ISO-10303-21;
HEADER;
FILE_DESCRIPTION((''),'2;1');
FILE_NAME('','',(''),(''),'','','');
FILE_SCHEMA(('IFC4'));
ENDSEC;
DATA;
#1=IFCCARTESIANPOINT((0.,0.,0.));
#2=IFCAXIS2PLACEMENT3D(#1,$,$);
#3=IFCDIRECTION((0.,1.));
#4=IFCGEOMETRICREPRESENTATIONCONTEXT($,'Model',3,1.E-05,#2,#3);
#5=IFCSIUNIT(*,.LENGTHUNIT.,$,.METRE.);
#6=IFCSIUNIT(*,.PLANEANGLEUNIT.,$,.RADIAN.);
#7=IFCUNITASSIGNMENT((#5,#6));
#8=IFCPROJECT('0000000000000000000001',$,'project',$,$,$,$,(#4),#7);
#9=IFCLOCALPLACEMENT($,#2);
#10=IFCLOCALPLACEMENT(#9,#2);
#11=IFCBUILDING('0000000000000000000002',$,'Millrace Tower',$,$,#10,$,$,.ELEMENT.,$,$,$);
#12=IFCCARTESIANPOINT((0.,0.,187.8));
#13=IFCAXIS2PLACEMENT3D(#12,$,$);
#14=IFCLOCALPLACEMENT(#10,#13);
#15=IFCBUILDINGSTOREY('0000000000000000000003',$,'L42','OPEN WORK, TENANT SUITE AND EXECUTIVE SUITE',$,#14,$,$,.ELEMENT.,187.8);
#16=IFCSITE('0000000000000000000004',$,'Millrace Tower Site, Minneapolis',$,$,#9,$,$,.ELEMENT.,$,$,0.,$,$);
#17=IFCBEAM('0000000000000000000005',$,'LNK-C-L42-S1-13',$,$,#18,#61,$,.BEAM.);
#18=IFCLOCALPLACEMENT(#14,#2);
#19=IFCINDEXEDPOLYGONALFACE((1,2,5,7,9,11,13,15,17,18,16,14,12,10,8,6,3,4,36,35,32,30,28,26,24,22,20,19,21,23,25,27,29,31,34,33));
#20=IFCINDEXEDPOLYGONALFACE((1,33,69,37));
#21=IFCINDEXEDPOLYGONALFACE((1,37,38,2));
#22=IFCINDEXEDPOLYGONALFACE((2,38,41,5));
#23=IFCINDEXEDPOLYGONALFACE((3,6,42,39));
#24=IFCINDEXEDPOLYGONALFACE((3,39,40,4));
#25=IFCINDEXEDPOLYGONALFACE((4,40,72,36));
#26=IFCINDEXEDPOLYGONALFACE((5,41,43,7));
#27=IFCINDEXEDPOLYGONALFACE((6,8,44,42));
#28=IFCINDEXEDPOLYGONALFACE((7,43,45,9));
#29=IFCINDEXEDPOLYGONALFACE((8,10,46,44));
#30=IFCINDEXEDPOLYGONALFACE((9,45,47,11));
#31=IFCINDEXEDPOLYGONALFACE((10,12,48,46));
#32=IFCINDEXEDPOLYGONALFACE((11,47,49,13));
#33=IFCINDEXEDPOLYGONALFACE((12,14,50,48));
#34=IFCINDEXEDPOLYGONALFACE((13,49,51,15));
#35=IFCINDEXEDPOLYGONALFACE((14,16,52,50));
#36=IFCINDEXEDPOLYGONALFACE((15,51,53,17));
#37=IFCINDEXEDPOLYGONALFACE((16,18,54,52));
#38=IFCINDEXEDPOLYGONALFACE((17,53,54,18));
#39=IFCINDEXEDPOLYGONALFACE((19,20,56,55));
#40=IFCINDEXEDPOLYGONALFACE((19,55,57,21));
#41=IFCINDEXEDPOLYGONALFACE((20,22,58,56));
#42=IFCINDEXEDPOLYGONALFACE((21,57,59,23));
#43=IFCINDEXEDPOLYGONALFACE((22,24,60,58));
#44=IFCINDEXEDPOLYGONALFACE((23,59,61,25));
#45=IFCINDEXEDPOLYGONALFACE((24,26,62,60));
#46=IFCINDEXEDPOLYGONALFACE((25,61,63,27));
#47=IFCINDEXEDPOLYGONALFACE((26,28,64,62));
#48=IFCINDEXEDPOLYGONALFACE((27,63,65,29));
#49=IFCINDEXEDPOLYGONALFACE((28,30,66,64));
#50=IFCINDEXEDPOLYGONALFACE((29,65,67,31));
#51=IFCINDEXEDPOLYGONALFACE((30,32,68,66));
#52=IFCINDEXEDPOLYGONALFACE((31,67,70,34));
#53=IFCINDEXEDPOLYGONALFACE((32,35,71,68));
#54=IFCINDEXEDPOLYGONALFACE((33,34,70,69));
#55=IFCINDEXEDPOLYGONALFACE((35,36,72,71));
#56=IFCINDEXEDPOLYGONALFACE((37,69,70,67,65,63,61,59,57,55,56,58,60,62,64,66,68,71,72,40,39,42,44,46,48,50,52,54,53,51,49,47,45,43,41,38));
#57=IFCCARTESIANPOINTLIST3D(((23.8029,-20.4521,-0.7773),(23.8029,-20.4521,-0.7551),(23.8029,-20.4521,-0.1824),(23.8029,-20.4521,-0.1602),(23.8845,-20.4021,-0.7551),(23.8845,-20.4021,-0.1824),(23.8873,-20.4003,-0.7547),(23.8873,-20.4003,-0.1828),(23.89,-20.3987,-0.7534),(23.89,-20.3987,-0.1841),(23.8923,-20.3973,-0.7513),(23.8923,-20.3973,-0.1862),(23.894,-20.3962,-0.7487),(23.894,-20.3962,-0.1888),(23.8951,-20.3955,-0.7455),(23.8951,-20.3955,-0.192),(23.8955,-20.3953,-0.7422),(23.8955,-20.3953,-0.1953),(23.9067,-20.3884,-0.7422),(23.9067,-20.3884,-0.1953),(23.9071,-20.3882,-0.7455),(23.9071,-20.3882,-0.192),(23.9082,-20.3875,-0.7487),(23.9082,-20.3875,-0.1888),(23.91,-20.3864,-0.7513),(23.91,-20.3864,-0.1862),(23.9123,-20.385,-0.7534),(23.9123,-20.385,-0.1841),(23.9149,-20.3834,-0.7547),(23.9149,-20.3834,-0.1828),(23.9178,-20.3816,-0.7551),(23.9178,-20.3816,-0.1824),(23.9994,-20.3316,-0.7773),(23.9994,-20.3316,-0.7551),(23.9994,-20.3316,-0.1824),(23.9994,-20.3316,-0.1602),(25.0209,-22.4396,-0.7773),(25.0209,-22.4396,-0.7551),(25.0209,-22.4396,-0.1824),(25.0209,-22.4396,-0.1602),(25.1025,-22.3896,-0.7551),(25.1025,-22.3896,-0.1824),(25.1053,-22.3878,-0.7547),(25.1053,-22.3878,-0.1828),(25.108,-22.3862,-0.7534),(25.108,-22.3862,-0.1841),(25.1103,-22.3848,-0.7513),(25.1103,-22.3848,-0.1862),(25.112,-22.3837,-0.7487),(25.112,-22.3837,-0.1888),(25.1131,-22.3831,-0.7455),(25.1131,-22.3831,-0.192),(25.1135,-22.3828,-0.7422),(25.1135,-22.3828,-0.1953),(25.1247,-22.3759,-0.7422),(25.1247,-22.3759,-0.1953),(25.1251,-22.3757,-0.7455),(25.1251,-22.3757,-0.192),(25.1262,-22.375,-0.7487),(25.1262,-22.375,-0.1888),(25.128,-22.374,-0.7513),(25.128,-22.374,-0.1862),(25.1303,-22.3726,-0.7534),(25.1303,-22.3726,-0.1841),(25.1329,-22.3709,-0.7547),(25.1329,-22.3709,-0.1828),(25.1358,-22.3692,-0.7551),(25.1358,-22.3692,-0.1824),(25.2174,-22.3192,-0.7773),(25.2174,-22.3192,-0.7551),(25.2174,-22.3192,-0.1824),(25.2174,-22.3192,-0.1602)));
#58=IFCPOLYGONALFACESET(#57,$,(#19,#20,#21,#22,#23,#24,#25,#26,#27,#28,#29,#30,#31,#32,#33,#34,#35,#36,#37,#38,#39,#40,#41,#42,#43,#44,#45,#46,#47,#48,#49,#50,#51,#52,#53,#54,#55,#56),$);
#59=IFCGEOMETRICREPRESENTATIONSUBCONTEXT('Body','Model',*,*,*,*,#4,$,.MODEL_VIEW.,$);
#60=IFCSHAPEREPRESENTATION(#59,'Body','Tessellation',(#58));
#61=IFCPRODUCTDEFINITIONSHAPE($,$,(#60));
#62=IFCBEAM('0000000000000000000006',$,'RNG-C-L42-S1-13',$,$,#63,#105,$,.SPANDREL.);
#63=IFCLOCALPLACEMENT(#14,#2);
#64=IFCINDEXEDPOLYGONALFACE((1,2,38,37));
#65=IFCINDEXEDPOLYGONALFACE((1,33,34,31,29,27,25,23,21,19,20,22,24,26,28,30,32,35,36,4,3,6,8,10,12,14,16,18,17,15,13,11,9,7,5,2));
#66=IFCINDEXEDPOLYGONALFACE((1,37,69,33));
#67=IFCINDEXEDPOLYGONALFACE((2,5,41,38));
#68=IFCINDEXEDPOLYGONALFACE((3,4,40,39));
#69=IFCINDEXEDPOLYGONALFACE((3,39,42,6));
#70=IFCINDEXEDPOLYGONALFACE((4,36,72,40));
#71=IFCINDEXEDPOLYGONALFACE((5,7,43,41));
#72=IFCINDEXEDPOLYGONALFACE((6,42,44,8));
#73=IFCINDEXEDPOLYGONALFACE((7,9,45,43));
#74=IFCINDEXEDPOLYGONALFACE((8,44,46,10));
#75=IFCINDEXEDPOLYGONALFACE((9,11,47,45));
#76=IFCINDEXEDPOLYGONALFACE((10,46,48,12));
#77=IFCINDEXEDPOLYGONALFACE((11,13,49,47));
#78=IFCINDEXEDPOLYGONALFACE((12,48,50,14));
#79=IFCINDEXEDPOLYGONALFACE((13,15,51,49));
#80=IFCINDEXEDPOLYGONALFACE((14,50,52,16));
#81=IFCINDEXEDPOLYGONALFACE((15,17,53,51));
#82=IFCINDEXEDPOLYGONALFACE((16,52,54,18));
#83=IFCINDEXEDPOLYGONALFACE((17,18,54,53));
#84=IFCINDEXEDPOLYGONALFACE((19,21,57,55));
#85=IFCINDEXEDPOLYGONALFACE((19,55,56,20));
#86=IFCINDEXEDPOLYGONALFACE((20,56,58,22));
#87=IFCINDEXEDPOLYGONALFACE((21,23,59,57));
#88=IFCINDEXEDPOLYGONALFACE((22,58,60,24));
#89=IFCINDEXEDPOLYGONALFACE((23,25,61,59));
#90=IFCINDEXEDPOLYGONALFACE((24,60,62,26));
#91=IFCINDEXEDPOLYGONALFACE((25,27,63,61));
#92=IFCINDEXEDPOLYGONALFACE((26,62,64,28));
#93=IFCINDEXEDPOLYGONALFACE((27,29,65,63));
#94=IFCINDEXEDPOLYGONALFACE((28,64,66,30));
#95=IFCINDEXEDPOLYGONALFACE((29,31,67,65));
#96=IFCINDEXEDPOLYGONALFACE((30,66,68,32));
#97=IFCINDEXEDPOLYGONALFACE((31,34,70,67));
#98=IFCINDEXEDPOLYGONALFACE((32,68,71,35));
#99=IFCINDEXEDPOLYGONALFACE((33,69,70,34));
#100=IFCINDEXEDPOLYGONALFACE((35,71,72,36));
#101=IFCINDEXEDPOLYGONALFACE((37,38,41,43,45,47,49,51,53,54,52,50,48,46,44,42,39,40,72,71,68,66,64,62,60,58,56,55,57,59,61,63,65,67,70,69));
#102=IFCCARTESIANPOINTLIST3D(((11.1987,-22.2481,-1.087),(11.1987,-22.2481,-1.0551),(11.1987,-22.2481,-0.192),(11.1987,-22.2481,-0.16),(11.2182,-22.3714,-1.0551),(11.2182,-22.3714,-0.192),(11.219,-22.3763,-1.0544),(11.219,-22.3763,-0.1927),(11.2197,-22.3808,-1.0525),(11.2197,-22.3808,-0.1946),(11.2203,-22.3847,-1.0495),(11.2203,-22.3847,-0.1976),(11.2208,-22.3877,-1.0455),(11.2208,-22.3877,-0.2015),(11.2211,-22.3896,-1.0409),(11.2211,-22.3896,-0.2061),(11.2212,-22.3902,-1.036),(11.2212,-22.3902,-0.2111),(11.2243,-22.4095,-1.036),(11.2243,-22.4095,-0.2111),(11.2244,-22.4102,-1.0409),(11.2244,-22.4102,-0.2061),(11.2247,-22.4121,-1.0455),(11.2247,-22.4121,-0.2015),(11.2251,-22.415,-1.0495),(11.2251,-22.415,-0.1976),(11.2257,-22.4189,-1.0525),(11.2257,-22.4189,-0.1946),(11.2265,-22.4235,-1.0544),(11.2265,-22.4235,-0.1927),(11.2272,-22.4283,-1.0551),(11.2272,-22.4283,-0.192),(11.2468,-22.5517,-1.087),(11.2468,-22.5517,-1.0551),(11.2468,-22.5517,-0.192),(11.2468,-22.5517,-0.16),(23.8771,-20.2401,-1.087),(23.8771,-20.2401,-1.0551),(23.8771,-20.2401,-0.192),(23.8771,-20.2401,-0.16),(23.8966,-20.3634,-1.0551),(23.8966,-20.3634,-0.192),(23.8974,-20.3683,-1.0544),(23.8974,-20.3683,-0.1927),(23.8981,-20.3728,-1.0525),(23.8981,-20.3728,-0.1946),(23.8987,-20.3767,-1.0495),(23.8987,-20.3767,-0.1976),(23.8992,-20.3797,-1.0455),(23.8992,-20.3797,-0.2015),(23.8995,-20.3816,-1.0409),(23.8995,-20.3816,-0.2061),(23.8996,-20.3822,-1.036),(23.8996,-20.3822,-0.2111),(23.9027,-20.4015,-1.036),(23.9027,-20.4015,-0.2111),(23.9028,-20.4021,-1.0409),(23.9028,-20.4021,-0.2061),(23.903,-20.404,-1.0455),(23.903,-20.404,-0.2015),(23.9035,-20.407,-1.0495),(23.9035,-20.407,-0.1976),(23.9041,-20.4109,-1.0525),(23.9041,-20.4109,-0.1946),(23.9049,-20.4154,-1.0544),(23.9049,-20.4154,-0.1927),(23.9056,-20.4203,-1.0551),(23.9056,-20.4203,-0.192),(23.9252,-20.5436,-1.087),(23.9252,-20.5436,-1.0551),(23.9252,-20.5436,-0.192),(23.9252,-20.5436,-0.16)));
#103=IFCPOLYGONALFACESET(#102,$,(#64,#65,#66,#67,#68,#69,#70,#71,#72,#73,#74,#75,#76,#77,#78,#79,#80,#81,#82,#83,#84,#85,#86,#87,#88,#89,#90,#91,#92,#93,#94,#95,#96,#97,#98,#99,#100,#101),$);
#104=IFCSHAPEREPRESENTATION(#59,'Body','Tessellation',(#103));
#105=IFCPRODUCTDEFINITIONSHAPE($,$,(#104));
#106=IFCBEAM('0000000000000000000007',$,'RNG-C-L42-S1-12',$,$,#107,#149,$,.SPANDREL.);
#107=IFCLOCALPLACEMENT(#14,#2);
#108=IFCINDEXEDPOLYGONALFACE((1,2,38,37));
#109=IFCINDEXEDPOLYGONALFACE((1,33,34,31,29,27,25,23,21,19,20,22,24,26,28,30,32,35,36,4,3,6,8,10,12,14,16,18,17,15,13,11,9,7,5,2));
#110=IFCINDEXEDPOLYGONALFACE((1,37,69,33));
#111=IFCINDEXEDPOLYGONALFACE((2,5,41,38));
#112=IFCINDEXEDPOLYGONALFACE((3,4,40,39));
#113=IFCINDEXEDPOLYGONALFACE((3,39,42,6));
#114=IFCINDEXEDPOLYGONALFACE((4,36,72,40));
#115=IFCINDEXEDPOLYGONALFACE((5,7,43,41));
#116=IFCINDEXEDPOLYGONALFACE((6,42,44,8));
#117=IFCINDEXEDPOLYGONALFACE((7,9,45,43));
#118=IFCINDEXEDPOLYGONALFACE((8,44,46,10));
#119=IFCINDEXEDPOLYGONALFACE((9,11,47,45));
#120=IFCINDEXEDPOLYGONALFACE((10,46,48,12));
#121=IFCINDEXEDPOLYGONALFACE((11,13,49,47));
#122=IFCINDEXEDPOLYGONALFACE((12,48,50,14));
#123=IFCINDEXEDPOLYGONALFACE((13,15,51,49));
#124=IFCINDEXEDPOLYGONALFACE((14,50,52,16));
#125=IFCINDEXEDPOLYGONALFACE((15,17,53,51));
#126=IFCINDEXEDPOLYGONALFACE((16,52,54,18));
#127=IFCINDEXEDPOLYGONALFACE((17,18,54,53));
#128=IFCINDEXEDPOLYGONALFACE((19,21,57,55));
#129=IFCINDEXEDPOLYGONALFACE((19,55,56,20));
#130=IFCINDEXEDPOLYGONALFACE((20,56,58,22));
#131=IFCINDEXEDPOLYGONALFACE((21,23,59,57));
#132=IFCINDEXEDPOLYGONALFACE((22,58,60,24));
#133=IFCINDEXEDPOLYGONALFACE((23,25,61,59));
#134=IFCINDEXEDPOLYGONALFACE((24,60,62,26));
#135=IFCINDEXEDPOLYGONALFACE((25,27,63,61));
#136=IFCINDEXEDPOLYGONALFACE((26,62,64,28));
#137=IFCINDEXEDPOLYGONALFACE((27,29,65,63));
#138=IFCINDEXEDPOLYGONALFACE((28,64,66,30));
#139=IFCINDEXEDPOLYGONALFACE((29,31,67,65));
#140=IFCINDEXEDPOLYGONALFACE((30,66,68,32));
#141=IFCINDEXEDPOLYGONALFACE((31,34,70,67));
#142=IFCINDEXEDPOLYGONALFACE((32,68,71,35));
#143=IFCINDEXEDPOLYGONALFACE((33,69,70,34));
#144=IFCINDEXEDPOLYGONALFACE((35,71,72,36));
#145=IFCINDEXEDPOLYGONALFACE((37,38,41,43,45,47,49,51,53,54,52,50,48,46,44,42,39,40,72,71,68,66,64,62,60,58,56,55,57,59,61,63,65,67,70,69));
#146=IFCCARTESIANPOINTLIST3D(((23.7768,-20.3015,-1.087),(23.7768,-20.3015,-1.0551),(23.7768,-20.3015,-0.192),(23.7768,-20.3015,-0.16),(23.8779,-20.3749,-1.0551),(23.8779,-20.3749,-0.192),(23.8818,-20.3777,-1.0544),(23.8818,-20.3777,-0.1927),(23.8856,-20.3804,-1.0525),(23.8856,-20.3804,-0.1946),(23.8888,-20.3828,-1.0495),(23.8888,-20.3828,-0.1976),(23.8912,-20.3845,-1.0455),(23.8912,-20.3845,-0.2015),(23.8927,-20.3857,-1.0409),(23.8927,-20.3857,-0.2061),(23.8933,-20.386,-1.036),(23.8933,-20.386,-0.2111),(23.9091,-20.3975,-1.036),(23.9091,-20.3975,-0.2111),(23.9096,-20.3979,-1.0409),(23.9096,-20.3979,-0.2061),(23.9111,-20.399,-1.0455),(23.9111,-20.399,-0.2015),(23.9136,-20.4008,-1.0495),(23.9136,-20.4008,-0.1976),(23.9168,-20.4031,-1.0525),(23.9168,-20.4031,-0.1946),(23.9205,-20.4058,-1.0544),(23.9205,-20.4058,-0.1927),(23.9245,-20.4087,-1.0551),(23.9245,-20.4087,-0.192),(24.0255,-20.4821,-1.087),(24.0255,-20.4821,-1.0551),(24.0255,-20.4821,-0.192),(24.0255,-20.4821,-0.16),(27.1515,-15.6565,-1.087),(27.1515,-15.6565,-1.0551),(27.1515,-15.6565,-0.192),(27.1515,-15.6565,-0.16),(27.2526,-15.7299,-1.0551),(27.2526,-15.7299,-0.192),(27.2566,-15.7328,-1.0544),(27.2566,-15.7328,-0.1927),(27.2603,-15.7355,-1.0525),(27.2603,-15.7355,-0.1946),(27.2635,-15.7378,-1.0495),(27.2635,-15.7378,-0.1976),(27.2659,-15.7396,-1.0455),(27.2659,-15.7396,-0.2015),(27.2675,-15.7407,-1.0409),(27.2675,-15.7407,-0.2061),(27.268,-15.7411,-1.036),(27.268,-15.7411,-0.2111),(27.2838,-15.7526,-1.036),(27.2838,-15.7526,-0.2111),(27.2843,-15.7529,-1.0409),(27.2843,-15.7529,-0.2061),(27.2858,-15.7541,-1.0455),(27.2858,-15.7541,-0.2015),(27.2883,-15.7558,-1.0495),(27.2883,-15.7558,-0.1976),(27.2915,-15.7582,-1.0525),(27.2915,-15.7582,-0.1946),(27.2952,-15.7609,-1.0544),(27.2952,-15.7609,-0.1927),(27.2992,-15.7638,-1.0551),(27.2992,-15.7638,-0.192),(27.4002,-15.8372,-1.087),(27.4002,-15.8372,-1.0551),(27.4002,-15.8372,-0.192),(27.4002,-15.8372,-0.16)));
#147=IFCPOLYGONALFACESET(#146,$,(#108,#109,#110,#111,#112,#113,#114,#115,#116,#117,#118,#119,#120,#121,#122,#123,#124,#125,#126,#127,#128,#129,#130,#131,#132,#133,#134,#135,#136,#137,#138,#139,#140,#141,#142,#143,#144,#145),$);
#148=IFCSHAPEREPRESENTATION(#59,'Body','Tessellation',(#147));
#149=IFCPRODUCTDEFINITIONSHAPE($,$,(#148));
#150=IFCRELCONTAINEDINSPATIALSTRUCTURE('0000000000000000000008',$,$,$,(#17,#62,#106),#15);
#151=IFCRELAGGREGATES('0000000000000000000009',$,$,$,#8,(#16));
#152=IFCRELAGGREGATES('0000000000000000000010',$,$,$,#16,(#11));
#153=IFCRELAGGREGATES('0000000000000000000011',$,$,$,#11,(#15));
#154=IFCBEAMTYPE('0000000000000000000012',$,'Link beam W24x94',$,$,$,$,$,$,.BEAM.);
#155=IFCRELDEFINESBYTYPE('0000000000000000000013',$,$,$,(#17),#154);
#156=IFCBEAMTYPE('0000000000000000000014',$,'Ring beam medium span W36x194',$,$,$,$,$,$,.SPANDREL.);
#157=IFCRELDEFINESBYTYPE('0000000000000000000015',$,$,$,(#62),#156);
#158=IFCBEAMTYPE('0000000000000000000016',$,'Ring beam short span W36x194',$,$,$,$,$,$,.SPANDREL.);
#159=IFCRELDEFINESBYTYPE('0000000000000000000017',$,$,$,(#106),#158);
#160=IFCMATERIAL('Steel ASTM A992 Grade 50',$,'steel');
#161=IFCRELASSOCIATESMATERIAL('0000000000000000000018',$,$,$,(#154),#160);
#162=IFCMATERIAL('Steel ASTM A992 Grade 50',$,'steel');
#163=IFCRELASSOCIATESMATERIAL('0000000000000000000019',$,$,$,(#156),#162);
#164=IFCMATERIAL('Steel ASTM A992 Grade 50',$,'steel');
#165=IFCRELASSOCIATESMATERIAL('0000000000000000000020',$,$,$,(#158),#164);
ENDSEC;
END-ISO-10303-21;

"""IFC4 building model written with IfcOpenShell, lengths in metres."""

from ifc_helpers import new_model, si_unit, direction, frame, origin, origin_2d, place, context, subcontext, project, spatial, i_section, extrude, material, material_profile, profile_set, type_object, element, save


model = new_model("IFC4")

# Units and contexts
model_context = context("Model", 3, precision=1e-05, world=origin(), true_north=direction((0.0, 1.0)))
body_context = subcontext(model_context, "Body", "Model", "MODEL_VIEW")
ifc_project = project(units=[si_unit("LENGTHUNIT", "METRE"), si_unit("PLANEANGLEUNIT", "RADIAN")], contexts=[model_context])

# Site, building, storey
site_placement = place(None, origin())
site = spatial("IfcSite", under=ifc_project, at=site_placement, Name="Millrace Tower Site, Minneapolis", CompositionType="ELEMENT", RefElevation=0.0)
building_placement = place(site_placement, origin())
building = spatial("IfcBuilding", under=site, at=building_placement, Name="Millrace Tower", CompositionType="ELEMENT")
storey_placement = place(building_placement, frame((0.0, 0.0, 187.8)))
storey = spatial("IfcBuildingStorey", under=building, at=storey_placement, Name="L42", Description="OPEN WORK, TENANT SUITE AND EXECUTIVE SUITE", CompositionType="ELEMENT", Elevation=187.8)

# Beams
ifc_material_1 = material(Name="Steel ASTM A992 Grade 50", Category="steel")
ifc_material_profile_1 = material_profile(ifc_material_1, i_section(OverallWidth=0.2305, OverallDepth=0.6172, WebThickness=0.0132, FlangeThickness=0.0222, FilletRadius=0.0129, at=origin_2d()))
ifc_profile_set_1 = profile_set([ifc_material_profile_1], Name="Steel ASTM A992 Grade 50")
beam_type_1 = type_object("IfcBeamType", Name="Link beam W24x94", PredefinedType="BEAM", material=ifc_profile_set_1)
beam_1_placement = place(storey_placement, frame((23.9011, -20.3918, -0.4688), z_axis=(0.522513, -0.852631, 0.0), x_axis=(0.852631, 0.522513, 0.0)))
element("IfcBeam", 1, at=beam_1_placement, inside=storey, type_object=beam_type_1, Name="LNK-C-L42-S1-13", PredefinedType="BEAM", context=body_context, shape_type="SweptSolid", body=[
    extrude(i_section(OverallWidth=0.2305, OverallDepth=0.6172, WebThickness=0.0132, FlangeThickness=0.0222, FilletRadius=0.0129, at=origin_2d()), origin(), (0.0, 0.0, 1.0), 2.3311),
])
ifc_material_2 = material(Name="Steel ASTM A992 Grade 50", Category="steel")
ifc_material_profile_2 = material_profile(ifc_material_2, i_section(OverallWidth=0.3074, OverallDepth=0.927, WebThickness=0.0195, FlangeThickness=0.032, FilletRadius=0.019, at=origin_2d()))
ifc_profile_set_2 = profile_set([ifc_material_profile_2], Name="Steel ASTM A992 Grade 50")
beam_type_2 = type_object("IfcBeamType", Name="Ring beam medium span W36x194", PredefinedType="SPANDREL", material=ifc_profile_set_2)
beam_2_placement = place(storey_placement, frame((23.9011, -20.3918, -0.6235), z_axis=(-0.987689, -0.156433, 0.0), x_axis=(0.156433, -0.987689, 0.0)))
element("IfcBeam", 2, at=beam_2_placement, inside=storey, type_object=beam_type_2, Name="RNG-C-L42-S1-13", PredefinedType="SPANDREL", context=body_context, shape_type="SweptSolid", body=[
    extrude(i_section(OverallWidth=0.3074, OverallDepth=0.927, WebThickness=0.0195, FlangeThickness=0.032, FilletRadius=0.019, at=origin_2d()), origin(), (0.0, 0.0, 1.0), 12.8364),
])
ifc_material_3 = material(Name="Steel ASTM A992 Grade 50", Category="steel")
ifc_material_profile_3 = material_profile(ifc_material_3, i_section(OverallWidth=0.3074, OverallDepth=0.927, WebThickness=0.0195, FlangeThickness=0.032, FilletRadius=0.019, at=origin_2d()))
ifc_profile_set_3 = profile_set([ifc_material_profile_3], Name="Steel ASTM A992 Grade 50")
beam_type_3 = type_object("IfcBeamType", Name="Ring beam short span W36x194", PredefinedType="SPANDREL", material=ifc_profile_set_3)
beam_3_placement = place(storey_placement, frame((27.2759, -15.7468, -0.6235), z_axis=(-0.58778, -0.809021, 0.0), x_axis=(0.809021, -0.58778, 0.0)))
element("IfcBeam", 3, at=beam_3_placement, inside=storey, type_object=beam_type_3, Name="RNG-C-L42-S1-12", PredefinedType="SPANDREL", context=body_context, shape_type="SweptSolid", body=[
    extrude(i_section(OverallWidth=0.3074, OverallDepth=0.927, WebThickness=0.0195, FlangeThickness=0.032, FilletRadius=0.019, at=origin_2d()), origin(), (0.0, 0.0, 1.0), 5.7415),
])

save(model, "model.ifc")
